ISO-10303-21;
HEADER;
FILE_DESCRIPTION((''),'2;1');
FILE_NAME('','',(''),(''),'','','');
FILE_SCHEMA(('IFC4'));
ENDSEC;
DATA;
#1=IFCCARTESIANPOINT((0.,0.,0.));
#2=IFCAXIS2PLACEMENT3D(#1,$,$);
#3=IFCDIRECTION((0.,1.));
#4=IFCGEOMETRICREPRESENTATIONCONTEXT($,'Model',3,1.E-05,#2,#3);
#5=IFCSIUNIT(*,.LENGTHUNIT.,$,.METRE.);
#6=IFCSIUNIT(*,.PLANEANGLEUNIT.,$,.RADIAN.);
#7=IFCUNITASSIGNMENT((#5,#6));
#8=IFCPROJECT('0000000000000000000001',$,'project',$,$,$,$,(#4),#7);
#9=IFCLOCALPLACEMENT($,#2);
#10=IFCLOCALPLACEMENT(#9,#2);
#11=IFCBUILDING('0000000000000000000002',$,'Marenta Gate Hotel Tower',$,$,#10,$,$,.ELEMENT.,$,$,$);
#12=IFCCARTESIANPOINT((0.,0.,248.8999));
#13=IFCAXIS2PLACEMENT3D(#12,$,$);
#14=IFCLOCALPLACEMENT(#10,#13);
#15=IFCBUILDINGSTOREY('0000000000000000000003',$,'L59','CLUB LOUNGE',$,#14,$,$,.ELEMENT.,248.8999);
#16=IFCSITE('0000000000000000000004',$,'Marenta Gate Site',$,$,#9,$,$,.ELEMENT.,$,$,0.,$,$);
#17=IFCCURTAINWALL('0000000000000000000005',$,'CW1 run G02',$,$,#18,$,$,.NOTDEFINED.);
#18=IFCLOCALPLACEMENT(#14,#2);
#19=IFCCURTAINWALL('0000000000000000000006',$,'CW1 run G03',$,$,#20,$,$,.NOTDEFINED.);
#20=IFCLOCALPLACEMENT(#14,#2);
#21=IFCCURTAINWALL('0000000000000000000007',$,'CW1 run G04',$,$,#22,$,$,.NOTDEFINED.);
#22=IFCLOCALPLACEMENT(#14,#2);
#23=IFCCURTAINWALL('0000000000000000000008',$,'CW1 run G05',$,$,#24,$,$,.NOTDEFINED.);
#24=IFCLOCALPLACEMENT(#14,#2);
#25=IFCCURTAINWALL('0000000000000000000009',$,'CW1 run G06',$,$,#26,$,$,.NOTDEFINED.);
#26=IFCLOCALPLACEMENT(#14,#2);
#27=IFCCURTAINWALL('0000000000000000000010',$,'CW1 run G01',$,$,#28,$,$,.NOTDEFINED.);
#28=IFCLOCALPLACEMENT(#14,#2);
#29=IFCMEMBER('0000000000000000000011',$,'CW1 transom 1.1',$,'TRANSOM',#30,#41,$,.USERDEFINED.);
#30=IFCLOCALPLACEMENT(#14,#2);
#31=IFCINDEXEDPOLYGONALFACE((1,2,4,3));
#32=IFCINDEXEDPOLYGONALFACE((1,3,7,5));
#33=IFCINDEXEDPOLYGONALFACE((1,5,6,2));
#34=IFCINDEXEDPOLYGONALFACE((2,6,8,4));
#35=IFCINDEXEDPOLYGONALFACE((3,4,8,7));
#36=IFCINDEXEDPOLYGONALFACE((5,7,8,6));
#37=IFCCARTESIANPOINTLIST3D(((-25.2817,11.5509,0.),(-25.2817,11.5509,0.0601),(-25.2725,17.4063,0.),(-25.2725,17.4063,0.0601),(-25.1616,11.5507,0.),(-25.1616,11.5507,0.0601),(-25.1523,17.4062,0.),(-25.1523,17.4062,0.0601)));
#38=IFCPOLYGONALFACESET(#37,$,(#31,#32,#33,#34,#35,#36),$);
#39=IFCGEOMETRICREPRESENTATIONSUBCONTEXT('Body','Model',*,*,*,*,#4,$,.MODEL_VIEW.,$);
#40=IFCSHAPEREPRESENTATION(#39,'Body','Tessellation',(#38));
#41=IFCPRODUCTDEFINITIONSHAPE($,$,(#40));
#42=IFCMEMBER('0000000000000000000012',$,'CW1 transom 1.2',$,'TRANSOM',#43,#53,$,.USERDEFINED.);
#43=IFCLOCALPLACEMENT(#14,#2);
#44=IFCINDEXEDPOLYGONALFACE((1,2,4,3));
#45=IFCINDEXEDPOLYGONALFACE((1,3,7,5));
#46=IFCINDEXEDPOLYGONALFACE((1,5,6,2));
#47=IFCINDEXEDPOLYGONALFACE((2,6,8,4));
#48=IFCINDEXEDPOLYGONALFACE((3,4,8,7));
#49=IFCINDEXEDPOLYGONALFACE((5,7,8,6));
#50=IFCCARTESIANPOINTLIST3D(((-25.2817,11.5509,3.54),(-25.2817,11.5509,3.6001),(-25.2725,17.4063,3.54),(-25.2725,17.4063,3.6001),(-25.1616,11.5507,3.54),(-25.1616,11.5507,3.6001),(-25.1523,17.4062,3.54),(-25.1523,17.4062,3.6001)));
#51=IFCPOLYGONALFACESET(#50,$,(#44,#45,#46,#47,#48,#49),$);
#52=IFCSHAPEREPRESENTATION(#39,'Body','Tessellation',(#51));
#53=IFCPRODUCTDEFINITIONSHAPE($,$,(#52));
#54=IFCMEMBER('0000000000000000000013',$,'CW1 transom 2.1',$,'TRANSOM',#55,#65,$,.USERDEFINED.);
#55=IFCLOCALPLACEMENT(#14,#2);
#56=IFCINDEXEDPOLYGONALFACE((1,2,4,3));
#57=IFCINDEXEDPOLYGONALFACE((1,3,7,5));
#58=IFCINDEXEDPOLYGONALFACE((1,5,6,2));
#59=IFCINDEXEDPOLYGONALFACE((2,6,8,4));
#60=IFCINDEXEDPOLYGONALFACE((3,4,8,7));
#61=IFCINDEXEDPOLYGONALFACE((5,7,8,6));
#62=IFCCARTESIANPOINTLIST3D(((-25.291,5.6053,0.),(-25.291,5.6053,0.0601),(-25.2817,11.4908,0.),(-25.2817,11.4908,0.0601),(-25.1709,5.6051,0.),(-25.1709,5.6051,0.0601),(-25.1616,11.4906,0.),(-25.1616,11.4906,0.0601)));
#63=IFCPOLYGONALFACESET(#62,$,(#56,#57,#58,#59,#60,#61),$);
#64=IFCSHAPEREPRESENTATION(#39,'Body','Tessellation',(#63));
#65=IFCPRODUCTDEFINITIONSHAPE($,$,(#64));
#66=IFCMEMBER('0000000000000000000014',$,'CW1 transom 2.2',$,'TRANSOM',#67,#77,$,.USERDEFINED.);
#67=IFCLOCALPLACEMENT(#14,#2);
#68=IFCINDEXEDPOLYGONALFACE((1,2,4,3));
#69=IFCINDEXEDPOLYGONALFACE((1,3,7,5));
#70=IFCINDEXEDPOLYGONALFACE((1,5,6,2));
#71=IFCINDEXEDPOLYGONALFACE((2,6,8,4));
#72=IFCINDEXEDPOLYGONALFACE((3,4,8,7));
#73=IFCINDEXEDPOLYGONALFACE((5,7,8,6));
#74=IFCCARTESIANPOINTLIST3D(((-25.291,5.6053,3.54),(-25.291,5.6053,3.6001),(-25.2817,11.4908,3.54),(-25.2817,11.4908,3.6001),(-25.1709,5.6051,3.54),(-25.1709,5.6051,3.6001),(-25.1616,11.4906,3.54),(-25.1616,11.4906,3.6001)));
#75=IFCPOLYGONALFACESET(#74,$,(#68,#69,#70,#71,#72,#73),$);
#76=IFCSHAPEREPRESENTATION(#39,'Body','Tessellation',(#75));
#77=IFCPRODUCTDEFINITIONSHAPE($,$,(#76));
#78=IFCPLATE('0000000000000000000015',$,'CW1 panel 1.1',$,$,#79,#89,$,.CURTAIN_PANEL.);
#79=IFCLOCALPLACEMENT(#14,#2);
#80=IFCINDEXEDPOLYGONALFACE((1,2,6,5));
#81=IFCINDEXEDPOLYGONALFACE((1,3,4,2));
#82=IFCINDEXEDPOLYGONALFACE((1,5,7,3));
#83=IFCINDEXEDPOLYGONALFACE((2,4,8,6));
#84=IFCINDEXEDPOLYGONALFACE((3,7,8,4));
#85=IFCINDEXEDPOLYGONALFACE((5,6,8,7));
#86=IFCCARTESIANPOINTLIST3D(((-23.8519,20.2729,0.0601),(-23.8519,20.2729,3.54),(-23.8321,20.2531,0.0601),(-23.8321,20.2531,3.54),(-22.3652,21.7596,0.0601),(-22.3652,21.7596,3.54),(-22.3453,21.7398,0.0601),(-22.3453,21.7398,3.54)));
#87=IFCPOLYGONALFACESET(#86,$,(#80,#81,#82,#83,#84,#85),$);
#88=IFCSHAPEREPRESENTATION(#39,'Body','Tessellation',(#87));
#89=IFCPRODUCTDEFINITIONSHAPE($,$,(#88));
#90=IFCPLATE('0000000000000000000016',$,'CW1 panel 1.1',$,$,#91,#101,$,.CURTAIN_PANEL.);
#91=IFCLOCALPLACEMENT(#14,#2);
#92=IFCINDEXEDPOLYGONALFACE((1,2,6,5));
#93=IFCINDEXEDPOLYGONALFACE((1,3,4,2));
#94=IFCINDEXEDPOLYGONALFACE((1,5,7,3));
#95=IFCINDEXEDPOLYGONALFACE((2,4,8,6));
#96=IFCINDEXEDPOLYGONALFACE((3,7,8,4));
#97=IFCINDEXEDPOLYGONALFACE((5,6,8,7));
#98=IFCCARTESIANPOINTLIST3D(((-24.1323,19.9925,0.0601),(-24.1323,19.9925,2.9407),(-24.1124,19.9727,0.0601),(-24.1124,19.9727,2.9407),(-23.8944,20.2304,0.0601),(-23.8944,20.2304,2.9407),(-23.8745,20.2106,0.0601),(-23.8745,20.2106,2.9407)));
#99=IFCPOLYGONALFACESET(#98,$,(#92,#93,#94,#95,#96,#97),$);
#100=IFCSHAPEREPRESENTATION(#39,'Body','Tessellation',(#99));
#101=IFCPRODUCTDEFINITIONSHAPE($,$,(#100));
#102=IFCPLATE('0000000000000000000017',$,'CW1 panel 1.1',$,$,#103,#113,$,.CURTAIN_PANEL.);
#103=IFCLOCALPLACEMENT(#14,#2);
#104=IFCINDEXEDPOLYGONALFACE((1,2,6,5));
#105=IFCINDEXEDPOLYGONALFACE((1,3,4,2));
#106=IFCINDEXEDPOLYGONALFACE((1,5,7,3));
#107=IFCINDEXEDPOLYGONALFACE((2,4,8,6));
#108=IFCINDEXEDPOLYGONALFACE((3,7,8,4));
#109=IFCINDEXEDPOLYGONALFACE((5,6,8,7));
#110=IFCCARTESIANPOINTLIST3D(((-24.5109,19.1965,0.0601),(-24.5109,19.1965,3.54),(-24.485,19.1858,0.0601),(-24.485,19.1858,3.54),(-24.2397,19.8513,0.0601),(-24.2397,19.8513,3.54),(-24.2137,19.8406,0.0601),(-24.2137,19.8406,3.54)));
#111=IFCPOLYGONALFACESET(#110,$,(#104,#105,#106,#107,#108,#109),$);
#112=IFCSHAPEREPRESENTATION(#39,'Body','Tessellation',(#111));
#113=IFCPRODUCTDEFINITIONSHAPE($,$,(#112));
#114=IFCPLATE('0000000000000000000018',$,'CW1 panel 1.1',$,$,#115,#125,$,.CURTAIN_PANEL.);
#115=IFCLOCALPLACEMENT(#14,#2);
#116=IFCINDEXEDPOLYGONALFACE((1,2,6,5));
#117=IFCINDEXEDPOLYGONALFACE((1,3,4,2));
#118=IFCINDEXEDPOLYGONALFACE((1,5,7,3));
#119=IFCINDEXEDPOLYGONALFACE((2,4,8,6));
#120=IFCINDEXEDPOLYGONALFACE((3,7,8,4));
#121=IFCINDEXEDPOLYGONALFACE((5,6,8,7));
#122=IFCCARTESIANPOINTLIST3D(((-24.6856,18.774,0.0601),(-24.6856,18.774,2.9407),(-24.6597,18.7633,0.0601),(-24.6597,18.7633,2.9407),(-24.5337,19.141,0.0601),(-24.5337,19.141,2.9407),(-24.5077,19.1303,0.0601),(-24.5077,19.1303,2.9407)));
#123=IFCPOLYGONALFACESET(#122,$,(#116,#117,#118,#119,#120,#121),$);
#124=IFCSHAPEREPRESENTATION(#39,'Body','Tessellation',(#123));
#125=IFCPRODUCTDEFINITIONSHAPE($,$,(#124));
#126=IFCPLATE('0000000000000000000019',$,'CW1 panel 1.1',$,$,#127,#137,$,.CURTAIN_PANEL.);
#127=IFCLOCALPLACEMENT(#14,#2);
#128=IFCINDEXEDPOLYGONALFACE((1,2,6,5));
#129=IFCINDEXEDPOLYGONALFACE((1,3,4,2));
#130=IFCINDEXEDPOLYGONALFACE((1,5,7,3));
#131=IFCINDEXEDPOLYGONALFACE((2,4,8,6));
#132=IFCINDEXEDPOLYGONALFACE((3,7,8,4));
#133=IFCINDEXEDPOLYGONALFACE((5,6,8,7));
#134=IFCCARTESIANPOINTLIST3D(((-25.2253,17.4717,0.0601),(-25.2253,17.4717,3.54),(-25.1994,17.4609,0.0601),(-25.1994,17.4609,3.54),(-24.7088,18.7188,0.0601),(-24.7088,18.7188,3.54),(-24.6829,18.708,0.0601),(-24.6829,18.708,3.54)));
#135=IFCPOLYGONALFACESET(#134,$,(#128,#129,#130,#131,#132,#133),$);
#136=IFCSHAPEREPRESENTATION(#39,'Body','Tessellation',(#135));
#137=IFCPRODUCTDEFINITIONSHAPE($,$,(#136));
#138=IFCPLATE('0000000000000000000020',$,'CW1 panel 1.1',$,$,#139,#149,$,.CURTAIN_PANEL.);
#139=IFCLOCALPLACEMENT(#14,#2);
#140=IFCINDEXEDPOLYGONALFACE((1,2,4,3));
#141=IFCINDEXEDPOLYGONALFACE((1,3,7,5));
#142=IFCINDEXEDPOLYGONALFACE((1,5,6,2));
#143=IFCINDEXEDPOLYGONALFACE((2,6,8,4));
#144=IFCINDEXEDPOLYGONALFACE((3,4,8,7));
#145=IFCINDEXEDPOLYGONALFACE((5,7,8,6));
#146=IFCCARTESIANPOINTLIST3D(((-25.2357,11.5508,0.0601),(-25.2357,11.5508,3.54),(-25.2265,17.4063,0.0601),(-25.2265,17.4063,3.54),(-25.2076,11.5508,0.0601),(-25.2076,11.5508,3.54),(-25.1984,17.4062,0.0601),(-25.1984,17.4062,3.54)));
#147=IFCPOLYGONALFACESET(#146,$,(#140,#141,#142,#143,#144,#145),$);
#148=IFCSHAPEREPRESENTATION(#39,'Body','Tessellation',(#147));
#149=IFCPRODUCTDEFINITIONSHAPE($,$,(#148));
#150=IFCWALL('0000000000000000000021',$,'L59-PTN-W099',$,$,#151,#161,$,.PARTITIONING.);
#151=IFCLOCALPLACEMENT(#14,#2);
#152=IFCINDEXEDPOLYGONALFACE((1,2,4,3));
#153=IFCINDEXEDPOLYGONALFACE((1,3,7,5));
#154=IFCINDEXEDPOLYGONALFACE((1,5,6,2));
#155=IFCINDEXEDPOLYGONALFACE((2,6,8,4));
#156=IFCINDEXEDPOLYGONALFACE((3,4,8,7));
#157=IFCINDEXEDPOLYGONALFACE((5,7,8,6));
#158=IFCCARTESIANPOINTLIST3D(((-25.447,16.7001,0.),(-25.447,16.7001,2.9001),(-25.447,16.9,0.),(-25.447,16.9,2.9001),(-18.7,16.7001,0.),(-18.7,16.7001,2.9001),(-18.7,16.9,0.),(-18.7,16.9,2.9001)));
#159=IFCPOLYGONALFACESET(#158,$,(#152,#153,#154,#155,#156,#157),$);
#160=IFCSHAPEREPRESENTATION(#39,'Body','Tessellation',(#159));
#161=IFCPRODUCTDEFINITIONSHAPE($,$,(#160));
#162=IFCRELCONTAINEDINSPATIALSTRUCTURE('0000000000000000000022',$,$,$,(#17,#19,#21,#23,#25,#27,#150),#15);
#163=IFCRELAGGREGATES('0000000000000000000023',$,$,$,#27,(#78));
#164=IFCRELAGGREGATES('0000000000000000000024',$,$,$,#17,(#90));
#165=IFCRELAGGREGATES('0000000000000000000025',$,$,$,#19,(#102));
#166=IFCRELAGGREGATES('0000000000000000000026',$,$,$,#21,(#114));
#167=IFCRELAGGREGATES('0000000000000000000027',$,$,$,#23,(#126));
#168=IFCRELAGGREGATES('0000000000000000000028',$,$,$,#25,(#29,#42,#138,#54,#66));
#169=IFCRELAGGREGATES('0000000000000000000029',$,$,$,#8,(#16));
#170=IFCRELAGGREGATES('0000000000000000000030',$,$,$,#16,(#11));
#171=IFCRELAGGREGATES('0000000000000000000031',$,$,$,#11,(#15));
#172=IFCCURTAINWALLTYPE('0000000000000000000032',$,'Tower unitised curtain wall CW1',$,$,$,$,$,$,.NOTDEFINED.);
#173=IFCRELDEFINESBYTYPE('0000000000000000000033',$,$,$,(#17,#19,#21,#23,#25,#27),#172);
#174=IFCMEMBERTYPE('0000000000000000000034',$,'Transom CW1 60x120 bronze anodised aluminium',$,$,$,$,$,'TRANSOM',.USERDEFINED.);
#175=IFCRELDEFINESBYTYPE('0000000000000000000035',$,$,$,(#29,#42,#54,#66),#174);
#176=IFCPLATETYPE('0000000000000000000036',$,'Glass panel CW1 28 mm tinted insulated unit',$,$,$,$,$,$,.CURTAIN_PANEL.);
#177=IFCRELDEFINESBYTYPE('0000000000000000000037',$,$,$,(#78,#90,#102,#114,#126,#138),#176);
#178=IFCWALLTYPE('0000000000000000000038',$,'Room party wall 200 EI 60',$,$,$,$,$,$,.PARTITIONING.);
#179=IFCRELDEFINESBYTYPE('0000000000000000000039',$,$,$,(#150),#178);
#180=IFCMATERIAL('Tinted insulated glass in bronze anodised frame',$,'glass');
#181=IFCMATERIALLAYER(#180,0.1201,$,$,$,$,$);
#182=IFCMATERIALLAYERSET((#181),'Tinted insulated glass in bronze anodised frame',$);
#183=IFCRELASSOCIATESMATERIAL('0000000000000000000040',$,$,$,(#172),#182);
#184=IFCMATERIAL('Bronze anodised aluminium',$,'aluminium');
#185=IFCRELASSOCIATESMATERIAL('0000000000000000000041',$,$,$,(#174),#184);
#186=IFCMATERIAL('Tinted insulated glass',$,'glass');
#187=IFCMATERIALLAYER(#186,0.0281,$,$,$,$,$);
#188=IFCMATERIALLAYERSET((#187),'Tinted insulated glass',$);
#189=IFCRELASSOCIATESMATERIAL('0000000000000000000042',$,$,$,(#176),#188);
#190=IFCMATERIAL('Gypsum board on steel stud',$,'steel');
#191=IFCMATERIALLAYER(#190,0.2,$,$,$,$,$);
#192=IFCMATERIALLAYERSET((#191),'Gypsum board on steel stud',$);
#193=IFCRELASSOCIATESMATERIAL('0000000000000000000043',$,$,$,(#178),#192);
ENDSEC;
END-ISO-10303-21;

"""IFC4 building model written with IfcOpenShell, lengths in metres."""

from ifc_helpers import new_model, si_unit, direction, frame, frame_2d, origin, origin_2d, place, context, subcontext, project, spatial, rectangle, extrude, material, layer, layer_set, material_profile, profile_set, type_object, element, aggregate, save


model = new_model("IFC4")

# Units and contexts
model_context = context("Model", 3, precision=1e-05, world=origin(), true_north=direction((0.0, 1.0)))
body_context = subcontext(model_context, "Body", "Model", "MODEL_VIEW")
ifc_project = project(units=[si_unit("LENGTHUNIT", "METRE"), si_unit("PLANEANGLEUNIT", "RADIAN")], contexts=[model_context])

# Site, building, storey
site_placement = place(None, origin())
site = spatial("IfcSite", under=ifc_project, at=site_placement, Name="Marenta Gate Site", CompositionType="ELEMENT", RefElevation=0.0)
building_placement = place(site_placement, origin())
building = spatial("IfcBuilding", under=site, at=building_placement, Name="Marenta Gate Hotel Tower", CompositionType="ELEMENT")
storey_placement = place(building_placement, frame((0.0, 0.0, 248.8999)))
storey = spatial("IfcBuildingStorey", under=building, at=storey_placement, Name="L59", Description="CLUB LOUNGE", CompositionType="ELEMENT", Elevation=248.8999)

# Curtain wall
ifc_material_1 = material(Name="Tinted insulated glass in bronze anodised frame", Category="glass")
ifc_layer_1 = layer(ifc_material_1, 0.1201)
ifc_layer_set_1 = layer_set([ifc_layer_1], Name="Tinted insulated glass in bronze anodised frame")
curtain_wall_type = type_object("IfcCurtainWallType", Name="Tower unitised curtain wall CW1", PredefinedType="NOTDEFINED", material=ifc_layer_set_1)
curtain_wall_1_placement = place(storey_placement, origin())
curtain_wall_1 = element("IfcCurtainWall", 1, at=curtain_wall_1_placement, inside=storey, type_object=curtain_wall_type, Name="CW1 run G02", PredefinedType="NOTDEFINED")

# Curtain walls
curtain_wall_2_placement = place(storey_placement, origin())
curtain_wall_2 = element("IfcCurtainWall", 2, at=curtain_wall_2_placement, inside=storey, type_object=curtain_wall_type, Name="CW1 run G03", PredefinedType="NOTDEFINED")
curtain_wall_3_placement = place(storey_placement, origin())
curtain_wall_3 = element("IfcCurtainWall", 3, at=curtain_wall_3_placement, inside=storey, type_object=curtain_wall_type, Name="CW1 run G04", PredefinedType="NOTDEFINED")
curtain_wall_4_placement = place(storey_placement, origin())
curtain_wall_4 = element("IfcCurtainWall", 4, at=curtain_wall_4_placement, inside=storey, type_object=curtain_wall_type, Name="CW1 run G05", PredefinedType="NOTDEFINED")

# Curtain wall
curtain_wall_5_placement = place(storey_placement, origin())
curtain_wall_5 = element("IfcCurtainWall", 5, at=curtain_wall_5_placement, inside=storey, type_object=curtain_wall_type, Name="CW1 run G06", PredefinedType="NOTDEFINED")

# Curtain wall
curtain_wall_6_placement = place(storey_placement, origin())
curtain_wall_6 = element("IfcCurtainWall", 6, at=curtain_wall_6_placement, inside=storey, type_object=curtain_wall_type, Name="CW1 run G01", PredefinedType="NOTDEFINED")
ifc_material_2 = material(Name="Bronze anodised aluminium", Category="aluminium")
ifc_material_profile_1 = material_profile(ifc_material_2, rectangle(XDim=0.1201, YDim=0.0601, at=origin_2d()), Name="Transom CW1 60x120 bronze anodised aluminium")
ifc_profile_set_1 = profile_set([ifc_material_profile_1], Name="Bronze anodised aluminium")
member_type_1 = type_object("IfcMemberType", Name="Transom CW1 60x120 bronze anodised aluminium", ElementType="TRANSOM", PredefinedType="USERDEFINED", material=ifc_profile_set_1)

# Members
member_1_placement = place(storey_placement, frame((-25.2124, 17.4062, 0.03), z_axis=(-0.001584, -0.999999, 0.0), x_axis=(0.999999, -0.001584, 0.0)))
member_1 = element("IfcMember", 7, at=member_1_placement, type_object=member_type_1, Name="CW1 transom 1.1", ObjectType="TRANSOM", PredefinedType="USERDEFINED", context=body_context, shape_type="SweptSolid", body=[
    extrude(rectangle(XDim=0.1201, YDim=0.0601, at=origin_2d()), origin(), (0.0, 0.0, 1.0), 5.8555),
])
member_2_placement = place(storey_placement, frame((-25.2124, 17.4062, 3.5701), z_axis=(-0.001584, -0.999999, 0.0), x_axis=(0.999999, -0.001584, 0.0)))
member_2 = element("IfcMember", 8, at=member_2_placement, type_object=member_type_1, Name="CW1 transom 1.2", ObjectType="TRANSOM", PredefinedType="USERDEFINED", context=body_context, shape_type="SweptSolid", body=[
    extrude(rectangle(XDim=0.1201, YDim=0.0601, at=origin_2d()), origin(), (0.0, 0.0, 1.0), 5.8555),
])
member_3_placement = place(storey_placement, frame((-25.2217, 11.4907, 0.03), z_axis=(-0.001576, -0.999999, 0.0), x_axis=(0.999999, -0.001576, 0.0)))
member_3 = element("IfcMember", 9, at=member_3_placement, type_object=member_type_1, Name="CW1 transom 2.1", ObjectType="TRANSOM", PredefinedType="USERDEFINED", context=body_context, shape_type="SweptSolid", body=[
    extrude(rectangle(XDim=0.1201, YDim=0.0601, at=origin_2d()), origin(), (0.0, 0.0, 1.0), 5.8855),
])
member_4_placement = place(storey_placement, frame((-25.2217, 11.4907, 3.5701), z_axis=(-0.001576, -0.999999, 0.0), x_axis=(0.999999, -0.001576, 0.0)))
member_4 = element("IfcMember", 10, at=member_4_placement, type_object=member_type_1, Name="CW1 transom 2.2", ObjectType="TRANSOM", PredefinedType="USERDEFINED", context=body_context, shape_type="SweptSolid", body=[
    extrude(rectangle(XDim=0.1201, YDim=0.0601, at=origin_2d()), origin(), (0.0, 0.0, 1.0), 5.8855),
])

# Plates
ifc_material_3 = material(Name="Tinted insulated glass", Category="glass")
ifc_layer_2 = layer(ifc_material_3, 0.0281)
ifc_layer_set_2 = layer_set([ifc_layer_2], Name="Tinted insulated glass")
plate_type = type_object("IfcPlateType", Name="Glass panel CW1 28 mm tinted insulated unit", PredefinedType="CURTAIN_PANEL", material=ifc_layer_set_2)
plate_1_placement = place(storey_placement, frame((-23.0986, 21.0063, 0.0601), z_axis=(0.0, 0.0, 1.0), x_axis=(-0.707107, -0.707107, 0.0)))
plate_1 = element("IfcPlate", 11, at=plate_1_placement, type_object=plate_type, Name="CW1 panel 1.1", PredefinedType="CURTAIN_PANEL", context=body_context, shape_type="SweptSolid", body=[
    extrude(rectangle(XDim=2.1025, YDim=0.0281, at=origin_2d()), origin(), (0.0, 0.0, 1.0), 3.48),
])
aggregate(curtain_wall_6, [plate_1])
plate_2_placement = place(storey_placement, frame((-24.0034, 20.1016, 0.0601), z_axis=(0.0, 0.0, 1.0), x_axis=(-0.707107, -0.707107, 0.0)))
plate_2 = element("IfcPlate", 12, at=plate_2_placement, type_object=plate_type, Name="CW1 panel 1.1", PredefinedType="CURTAIN_PANEL", context=body_context, shape_type="SweptSolid", body=[
    extrude(rectangle(XDim=0.3364, YDim=0.0281, at=origin_2d()), origin(), (0.0, 0.0, 1.0), 2.8806),
])
aggregate(curtain_wall_1, [plate_2])
plate_3_placement = place(storey_placement, frame((-24.3623, 19.5186, 0.0601), z_axis=(0.0, 0.0, 1.0), x_axis=(-0.382712, -0.923868, 0.0)))
plate_3 = element("IfcPlate", 13, at=plate_3_placement, type_object=plate_type, Name="CW1 panel 1.1", PredefinedType="CURTAIN_PANEL", context=body_context, shape_type="SweptSolid", body=[
    extrude(rectangle(XDim=0.7087, YDim=0.0281, at=origin_2d()), origin(), (0.0, 0.0, 1.0), 3.48),
])
aggregate(curtain_wall_2, [plate_3])
plate_4_placement = place(storey_placement, frame((-24.5967, 18.9521, 0.0601), z_axis=(0.0, 0.0, 1.0), x_axis=(-0.382642, -0.923897, 0.0)))
plate_4 = element("IfcPlate", 14, at=plate_4_placement, type_object=plate_type, Name="CW1 panel 1.1", PredefinedType="CURTAIN_PANEL", context=body_context, shape_type="SweptSolid", body=[
    extrude(rectangle(XDim=0.3972, YDim=0.0281, at=origin_2d()), origin(), (0.0, 0.0, 1.0), 2.8806),
])
aggregate(curtain_wall_3, [plate_4])
plate_5_placement = place(storey_placement, frame((-24.9541, 18.0898, 0.0601), z_axis=(0.0, 0.0, 1.0), x_axis=(-0.38265, -0.923893, 0.0)))
plate_5 = element("IfcPlate", 15, at=plate_5_placement, type_object=plate_type, Name="CW1 panel 1.1", PredefinedType="CURTAIN_PANEL", context=body_context, shape_type="SweptSolid", body=[
    extrude(rectangle(XDim=1.3499, YDim=0.0281, at=origin_2d()), origin(), (0.0, 0.0, 1.0), 3.48),
])
aggregate(curtain_wall_4, [plate_5])
plate_6_placement = place(storey_placement, frame((-25.217, 14.4785, 0.0601), z_axis=(0.0, 0.0, 1.0), x_axis=(-0.00157, -0.999999, 0.0)))
plate_6 = element("IfcPlate", 16, at=plate_6_placement, type_object=plate_type, Name="CW1 panel 1.1", PredefinedType="CURTAIN_PANEL", context=body_context, shape_type="SweptSolid", body=[
    extrude(rectangle(XDim=5.8555, YDim=0.0281, at=origin_2d()), origin(), (0.0, 0.0, 1.0), 3.48),
])
aggregate(curtain_wall_5, [member_1, member_2, plate_6, member_3, member_4])

# Wall
ifc_material_4 = material(Name="Gypsum board on steel stud", Category="steel")
ifc_layer_3 = layer(ifc_material_4, 0.2)
ifc_layer_set_3 = layer_set([ifc_layer_3], Name="Gypsum board on steel stud")
wall_type = type_object("IfcWallType", Name="Room party wall 200 EI 60", PredefinedType="PARTITIONING", material=ifc_layer_set_3)
wall_placement = place(storey_placement, frame((-25.447, 16.8, 0.0), z_axis=(0.0, 0.0, 1.0), x_axis=(1.0, 0.0, 0.0)))
element("IfcWall", 17, at=wall_placement, inside=storey, type_object=wall_type, Name="L59-PTN-W099", PredefinedType="PARTITIONING", context=body_context, shape_type="SweptSolid", body=[
    extrude(rectangle(XDim=6.7471, YDim=0.2, at=frame_2d((3.3735, 0.0))), origin(), (0.0, 0.0, 1.0), 2.9001),
])

save(model, "model.ifc")
